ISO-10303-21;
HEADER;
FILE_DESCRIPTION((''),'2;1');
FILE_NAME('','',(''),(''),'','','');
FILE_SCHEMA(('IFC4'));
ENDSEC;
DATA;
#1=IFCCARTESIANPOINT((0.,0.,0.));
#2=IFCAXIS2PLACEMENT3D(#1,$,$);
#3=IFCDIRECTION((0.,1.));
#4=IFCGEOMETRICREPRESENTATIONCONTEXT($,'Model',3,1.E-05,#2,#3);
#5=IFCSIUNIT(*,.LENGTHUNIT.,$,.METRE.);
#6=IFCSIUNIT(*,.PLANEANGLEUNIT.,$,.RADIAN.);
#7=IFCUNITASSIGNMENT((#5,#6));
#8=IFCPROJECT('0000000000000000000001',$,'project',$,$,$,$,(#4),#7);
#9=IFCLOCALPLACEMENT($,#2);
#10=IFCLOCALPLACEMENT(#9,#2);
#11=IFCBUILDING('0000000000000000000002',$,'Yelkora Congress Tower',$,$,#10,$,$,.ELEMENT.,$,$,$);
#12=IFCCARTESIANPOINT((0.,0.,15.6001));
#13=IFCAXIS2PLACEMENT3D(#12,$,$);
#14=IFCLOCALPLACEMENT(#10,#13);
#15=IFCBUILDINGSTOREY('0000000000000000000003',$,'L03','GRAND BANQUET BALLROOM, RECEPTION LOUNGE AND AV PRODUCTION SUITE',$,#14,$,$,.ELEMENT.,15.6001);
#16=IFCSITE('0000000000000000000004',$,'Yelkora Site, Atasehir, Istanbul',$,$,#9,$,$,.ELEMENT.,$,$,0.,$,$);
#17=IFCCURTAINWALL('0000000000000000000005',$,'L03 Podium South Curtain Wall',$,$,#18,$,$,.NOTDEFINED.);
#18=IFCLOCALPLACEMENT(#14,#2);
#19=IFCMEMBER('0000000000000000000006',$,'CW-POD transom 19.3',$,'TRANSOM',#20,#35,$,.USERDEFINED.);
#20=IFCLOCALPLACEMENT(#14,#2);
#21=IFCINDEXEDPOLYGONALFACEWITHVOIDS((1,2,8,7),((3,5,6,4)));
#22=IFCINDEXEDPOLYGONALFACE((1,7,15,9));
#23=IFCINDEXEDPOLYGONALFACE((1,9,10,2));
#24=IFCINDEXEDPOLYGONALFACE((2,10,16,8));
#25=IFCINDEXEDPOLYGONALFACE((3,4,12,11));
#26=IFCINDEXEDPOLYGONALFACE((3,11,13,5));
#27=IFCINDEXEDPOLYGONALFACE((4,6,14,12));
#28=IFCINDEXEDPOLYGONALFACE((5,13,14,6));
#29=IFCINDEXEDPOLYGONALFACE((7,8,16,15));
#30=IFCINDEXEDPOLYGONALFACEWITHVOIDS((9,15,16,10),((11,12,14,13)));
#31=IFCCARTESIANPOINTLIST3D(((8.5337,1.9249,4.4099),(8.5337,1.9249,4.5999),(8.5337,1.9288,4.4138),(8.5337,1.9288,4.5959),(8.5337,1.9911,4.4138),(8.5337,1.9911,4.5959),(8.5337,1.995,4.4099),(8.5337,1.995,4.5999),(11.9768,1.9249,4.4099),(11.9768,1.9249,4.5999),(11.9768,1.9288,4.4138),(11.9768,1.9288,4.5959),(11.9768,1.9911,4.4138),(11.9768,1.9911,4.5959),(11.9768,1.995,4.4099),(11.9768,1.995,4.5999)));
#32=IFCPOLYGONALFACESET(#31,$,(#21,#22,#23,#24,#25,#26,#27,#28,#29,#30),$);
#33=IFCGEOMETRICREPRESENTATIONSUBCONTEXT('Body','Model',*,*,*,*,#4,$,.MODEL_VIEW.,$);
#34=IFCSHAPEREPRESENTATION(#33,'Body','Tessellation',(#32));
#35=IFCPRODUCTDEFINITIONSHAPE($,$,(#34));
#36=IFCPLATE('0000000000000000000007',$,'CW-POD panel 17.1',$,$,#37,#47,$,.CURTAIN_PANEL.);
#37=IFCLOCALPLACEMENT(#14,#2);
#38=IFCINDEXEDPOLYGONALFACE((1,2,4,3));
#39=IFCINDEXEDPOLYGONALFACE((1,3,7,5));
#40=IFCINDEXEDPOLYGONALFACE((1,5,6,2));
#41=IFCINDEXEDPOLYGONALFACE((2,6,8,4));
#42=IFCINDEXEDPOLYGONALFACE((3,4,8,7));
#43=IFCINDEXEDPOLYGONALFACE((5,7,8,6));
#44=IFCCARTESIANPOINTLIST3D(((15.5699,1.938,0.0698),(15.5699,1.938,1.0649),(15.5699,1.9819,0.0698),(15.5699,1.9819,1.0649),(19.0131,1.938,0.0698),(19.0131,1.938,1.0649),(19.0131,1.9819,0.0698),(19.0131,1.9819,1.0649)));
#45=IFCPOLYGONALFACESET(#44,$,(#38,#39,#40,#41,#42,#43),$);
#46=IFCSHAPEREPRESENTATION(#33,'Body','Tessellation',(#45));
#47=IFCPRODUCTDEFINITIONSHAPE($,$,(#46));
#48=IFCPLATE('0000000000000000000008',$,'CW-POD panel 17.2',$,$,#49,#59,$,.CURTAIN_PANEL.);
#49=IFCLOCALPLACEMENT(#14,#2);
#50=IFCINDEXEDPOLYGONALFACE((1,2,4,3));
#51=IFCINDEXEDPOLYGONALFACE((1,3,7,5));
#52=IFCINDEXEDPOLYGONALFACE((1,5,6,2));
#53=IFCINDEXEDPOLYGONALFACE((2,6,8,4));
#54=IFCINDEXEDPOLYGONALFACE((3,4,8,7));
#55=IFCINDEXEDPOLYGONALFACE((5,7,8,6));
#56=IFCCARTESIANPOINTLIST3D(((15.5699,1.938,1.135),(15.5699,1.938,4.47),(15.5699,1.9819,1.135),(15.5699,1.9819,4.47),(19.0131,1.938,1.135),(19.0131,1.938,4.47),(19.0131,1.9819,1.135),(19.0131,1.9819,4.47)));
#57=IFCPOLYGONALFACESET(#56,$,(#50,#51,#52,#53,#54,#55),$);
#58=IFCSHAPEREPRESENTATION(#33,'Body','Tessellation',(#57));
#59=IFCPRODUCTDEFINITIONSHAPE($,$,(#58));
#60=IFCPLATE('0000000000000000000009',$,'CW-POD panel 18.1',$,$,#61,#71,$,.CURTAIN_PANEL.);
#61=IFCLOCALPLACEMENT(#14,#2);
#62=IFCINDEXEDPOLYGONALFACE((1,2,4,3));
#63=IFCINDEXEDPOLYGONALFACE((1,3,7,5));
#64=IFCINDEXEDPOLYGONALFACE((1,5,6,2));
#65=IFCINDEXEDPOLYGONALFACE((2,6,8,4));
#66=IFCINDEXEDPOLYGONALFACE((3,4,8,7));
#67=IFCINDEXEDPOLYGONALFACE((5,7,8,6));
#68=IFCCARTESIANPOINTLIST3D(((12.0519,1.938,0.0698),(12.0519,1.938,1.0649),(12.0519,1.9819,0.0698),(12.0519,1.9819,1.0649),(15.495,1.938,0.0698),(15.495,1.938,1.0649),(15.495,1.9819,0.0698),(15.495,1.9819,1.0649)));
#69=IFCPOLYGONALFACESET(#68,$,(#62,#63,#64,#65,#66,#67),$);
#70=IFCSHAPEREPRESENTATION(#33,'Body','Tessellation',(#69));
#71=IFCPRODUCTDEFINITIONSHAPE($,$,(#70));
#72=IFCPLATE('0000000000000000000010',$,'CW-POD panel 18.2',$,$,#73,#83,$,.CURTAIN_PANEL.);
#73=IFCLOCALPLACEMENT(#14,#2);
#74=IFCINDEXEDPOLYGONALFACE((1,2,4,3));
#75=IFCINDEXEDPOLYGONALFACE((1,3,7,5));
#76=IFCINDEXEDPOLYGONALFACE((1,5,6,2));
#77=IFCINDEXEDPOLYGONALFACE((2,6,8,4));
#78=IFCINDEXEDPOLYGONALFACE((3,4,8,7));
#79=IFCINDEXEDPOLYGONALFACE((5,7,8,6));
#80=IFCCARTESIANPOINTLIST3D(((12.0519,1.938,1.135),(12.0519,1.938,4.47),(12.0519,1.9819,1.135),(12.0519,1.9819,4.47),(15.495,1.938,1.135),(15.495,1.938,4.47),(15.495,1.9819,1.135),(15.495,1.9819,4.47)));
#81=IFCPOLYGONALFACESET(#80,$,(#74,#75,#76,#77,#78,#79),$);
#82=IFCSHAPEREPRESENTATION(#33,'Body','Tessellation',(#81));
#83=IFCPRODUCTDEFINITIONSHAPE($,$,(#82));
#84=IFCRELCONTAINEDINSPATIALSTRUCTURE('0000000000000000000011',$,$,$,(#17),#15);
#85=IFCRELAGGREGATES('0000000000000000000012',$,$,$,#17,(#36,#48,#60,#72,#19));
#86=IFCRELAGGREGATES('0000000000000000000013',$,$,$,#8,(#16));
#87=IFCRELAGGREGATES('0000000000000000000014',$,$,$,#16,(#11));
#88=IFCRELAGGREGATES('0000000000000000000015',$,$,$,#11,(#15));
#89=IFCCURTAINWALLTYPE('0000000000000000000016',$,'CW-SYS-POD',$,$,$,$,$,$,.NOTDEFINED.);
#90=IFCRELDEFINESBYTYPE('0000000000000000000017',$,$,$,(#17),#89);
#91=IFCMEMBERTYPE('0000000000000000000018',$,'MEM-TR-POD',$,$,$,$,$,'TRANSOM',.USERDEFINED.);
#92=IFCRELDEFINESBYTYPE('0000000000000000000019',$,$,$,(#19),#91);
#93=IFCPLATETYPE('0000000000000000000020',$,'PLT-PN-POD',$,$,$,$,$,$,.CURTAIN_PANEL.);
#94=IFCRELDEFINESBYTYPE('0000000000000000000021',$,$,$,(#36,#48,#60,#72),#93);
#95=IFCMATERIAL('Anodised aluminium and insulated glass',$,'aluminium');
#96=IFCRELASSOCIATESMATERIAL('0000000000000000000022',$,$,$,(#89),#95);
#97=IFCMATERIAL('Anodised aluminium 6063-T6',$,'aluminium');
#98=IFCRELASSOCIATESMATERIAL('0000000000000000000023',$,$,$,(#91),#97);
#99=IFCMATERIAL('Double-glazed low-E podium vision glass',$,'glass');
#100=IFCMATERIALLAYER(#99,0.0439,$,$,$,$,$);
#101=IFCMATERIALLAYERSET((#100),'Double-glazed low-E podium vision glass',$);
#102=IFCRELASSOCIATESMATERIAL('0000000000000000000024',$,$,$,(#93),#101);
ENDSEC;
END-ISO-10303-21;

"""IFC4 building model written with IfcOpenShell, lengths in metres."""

from ifc_helpers import new_model, si_unit, direction, frame, origin, origin_2d, place, context, subcontext, project, spatial, rectangle, hollow_rectangle, extrude, material, layer, layer_set, material_profile, profile_set, type_object, element, aggregate, save


model = new_model("IFC4")

# Units and contexts
model_context = context("Model", 3, precision=1e-05, world=origin(), true_north=direction((0.0, 1.0)))
body_context = subcontext(model_context, "Body", "Model", "MODEL_VIEW")
ifc_project = project(units=[si_unit("LENGTHUNIT", "METRE"), si_unit("PLANEANGLEUNIT", "RADIAN")], contexts=[model_context])

# Site, building, storey
site_placement = place(None, origin())
site = spatial("IfcSite", under=ifc_project, at=site_placement, Name="Yelkora Site, Atasehir, Istanbul", CompositionType="ELEMENT", RefElevation=0.0)
building_placement = place(site_placement, origin())
building = spatial("IfcBuilding", under=site, at=building_placement, Name="Yelkora Congress Tower", CompositionType="ELEMENT")
storey_placement = place(building_placement, frame((0.0, 0.0, 15.6001)))
storey = spatial("IfcBuildingStorey", under=building, at=storey_placement, Name="L03", Description="GRAND BANQUET BALLROOM, RECEPTION LOUNGE AND AV PRODUCTION SUITE", CompositionType="ELEMENT", Elevation=15.6001)

# Curtain wall, member, plates
ifc_material_1 = material(Name="Anodised aluminium and insulated glass", Category="aluminium")
curtain_wall_type = type_object("IfcCurtainWallType", Name="CW-SYS-POD", PredefinedType="NOTDEFINED", material=ifc_material_1)
curtain_wall_placement = place(storey_placement, origin())
curtain_wall = element("IfcCurtainWall", 1, at=curtain_wall_placement, inside=storey, type_object=curtain_wall_type, Name="L03 Podium South Curtain Wall", PredefinedType="NOTDEFINED")
ifc_material_2 = material(Name="Anodised aluminium 6063-T6", Category="aluminium")
ifc_material_profile_1 = material_profile(ifc_material_2, hollow_rectangle(XDim=0.0701, YDim=0.1899, WallThickness=0.0039, at=origin_2d()), Name="ALU 70x190x4")
ifc_profile_set_1 = profile_set([ifc_material_profile_1], Name="Anodised aluminium 6063-T6")
member_type_1 = type_object("IfcMemberType", Name="MEM-TR-POD", ElementType="TRANSOM", PredefinedType="USERDEFINED", material=ifc_profile_set_1)
member_1_placement = place(storey_placement, frame((11.9768, 1.96, 4.5049), z_axis=(-1.0, 0.0, 0.0), x_axis=(0.0, -1.0, 0.0)))
member_1 = element("IfcMember", 2, at=member_1_placement, type_object=member_type_1, Name="CW-POD transom 19.3", ObjectType="TRANSOM", PredefinedType="USERDEFINED", context=body_context, shape_type="SweptSolid", body=[
    extrude(hollow_rectangle(XDim=0.0701, YDim=0.1899, WallThickness=0.0039, at=origin_2d()), origin(), (0.0, 0.0, 1.0), 3.4431),
])
ifc_material_3 = material(Name="Double-glazed low-E podium vision glass", Category="glass")
ifc_layer = layer(ifc_material_3, 0.0439)
ifc_layer_set = layer_set([ifc_layer], Name="Double-glazed low-E podium vision glass")
plate_type = type_object("IfcPlateType", Name="PLT-PN-POD", PredefinedType="CURTAIN_PANEL", material=ifc_layer_set)
plate_1_placement = place(storey_placement, frame((17.2915, 1.96, 0.0698), z_axis=(0.0, 0.0, 1.0), x_axis=(-1.0, 0.0, 0.0)))
plate_1 = element("IfcPlate", 3, at=plate_1_placement, type_object=plate_type, Name="CW-POD panel 17.1", PredefinedType="CURTAIN_PANEL", context=body_context, shape_type="SweptSolid", body=[
    extrude(rectangle(XDim=3.4431, YDim=0.0439, at=origin_2d()), origin(), (0.0, 0.0, 1.0), 0.9951),
])
plate_2_placement = place(storey_placement, frame((17.2915, 1.96, 1.135), z_axis=(0.0, 0.0, 1.0), x_axis=(-1.0, 0.0, 0.0)))
plate_2 = element("IfcPlate", 4, at=plate_2_placement, type_object=plate_type, Name="CW-POD panel 17.2", PredefinedType="CURTAIN_PANEL", context=body_context, shape_type="SweptSolid", body=[
    extrude(rectangle(XDim=3.4431, YDim=0.0439, at=origin_2d()), origin(), (0.0, 0.0, 1.0), 3.335),
])
plate_3_placement = place(storey_placement, frame((13.7734, 1.96, 0.0698), z_axis=(0.0, 0.0, 1.0), x_axis=(-1.0, 0.0, 0.0)))
plate_3 = element("IfcPlate", 5, at=plate_3_placement, type_object=plate_type, Name="CW-POD panel 18.1", PredefinedType="CURTAIN_PANEL", context=body_context, shape_type="SweptSolid", body=[
    extrude(rectangle(XDim=3.4431, YDim=0.0439, at=origin_2d()), origin(), (0.0, 0.0, 1.0), 0.9951),
])
plate_4_placement = place(storey_placement, frame((13.7734, 1.96, 1.135), z_axis=(0.0, 0.0, 1.0), x_axis=(-1.0, 0.0, 0.0)))
plate_4 = element("IfcPlate", 6, at=plate_4_placement, type_object=plate_type, Name="CW-POD panel 18.2", PredefinedType="CURTAIN_PANEL", context=body_context, shape_type="SweptSolid", body=[
    extrude(rectangle(XDim=3.4431, YDim=0.0439, at=origin_2d()), origin(), (0.0, 0.0, 1.0), 3.335),
])
aggregate(curtain_wall, [plate_1, plate_2, plate_3, plate_4, member_1])

save(model, "model.ifc")
